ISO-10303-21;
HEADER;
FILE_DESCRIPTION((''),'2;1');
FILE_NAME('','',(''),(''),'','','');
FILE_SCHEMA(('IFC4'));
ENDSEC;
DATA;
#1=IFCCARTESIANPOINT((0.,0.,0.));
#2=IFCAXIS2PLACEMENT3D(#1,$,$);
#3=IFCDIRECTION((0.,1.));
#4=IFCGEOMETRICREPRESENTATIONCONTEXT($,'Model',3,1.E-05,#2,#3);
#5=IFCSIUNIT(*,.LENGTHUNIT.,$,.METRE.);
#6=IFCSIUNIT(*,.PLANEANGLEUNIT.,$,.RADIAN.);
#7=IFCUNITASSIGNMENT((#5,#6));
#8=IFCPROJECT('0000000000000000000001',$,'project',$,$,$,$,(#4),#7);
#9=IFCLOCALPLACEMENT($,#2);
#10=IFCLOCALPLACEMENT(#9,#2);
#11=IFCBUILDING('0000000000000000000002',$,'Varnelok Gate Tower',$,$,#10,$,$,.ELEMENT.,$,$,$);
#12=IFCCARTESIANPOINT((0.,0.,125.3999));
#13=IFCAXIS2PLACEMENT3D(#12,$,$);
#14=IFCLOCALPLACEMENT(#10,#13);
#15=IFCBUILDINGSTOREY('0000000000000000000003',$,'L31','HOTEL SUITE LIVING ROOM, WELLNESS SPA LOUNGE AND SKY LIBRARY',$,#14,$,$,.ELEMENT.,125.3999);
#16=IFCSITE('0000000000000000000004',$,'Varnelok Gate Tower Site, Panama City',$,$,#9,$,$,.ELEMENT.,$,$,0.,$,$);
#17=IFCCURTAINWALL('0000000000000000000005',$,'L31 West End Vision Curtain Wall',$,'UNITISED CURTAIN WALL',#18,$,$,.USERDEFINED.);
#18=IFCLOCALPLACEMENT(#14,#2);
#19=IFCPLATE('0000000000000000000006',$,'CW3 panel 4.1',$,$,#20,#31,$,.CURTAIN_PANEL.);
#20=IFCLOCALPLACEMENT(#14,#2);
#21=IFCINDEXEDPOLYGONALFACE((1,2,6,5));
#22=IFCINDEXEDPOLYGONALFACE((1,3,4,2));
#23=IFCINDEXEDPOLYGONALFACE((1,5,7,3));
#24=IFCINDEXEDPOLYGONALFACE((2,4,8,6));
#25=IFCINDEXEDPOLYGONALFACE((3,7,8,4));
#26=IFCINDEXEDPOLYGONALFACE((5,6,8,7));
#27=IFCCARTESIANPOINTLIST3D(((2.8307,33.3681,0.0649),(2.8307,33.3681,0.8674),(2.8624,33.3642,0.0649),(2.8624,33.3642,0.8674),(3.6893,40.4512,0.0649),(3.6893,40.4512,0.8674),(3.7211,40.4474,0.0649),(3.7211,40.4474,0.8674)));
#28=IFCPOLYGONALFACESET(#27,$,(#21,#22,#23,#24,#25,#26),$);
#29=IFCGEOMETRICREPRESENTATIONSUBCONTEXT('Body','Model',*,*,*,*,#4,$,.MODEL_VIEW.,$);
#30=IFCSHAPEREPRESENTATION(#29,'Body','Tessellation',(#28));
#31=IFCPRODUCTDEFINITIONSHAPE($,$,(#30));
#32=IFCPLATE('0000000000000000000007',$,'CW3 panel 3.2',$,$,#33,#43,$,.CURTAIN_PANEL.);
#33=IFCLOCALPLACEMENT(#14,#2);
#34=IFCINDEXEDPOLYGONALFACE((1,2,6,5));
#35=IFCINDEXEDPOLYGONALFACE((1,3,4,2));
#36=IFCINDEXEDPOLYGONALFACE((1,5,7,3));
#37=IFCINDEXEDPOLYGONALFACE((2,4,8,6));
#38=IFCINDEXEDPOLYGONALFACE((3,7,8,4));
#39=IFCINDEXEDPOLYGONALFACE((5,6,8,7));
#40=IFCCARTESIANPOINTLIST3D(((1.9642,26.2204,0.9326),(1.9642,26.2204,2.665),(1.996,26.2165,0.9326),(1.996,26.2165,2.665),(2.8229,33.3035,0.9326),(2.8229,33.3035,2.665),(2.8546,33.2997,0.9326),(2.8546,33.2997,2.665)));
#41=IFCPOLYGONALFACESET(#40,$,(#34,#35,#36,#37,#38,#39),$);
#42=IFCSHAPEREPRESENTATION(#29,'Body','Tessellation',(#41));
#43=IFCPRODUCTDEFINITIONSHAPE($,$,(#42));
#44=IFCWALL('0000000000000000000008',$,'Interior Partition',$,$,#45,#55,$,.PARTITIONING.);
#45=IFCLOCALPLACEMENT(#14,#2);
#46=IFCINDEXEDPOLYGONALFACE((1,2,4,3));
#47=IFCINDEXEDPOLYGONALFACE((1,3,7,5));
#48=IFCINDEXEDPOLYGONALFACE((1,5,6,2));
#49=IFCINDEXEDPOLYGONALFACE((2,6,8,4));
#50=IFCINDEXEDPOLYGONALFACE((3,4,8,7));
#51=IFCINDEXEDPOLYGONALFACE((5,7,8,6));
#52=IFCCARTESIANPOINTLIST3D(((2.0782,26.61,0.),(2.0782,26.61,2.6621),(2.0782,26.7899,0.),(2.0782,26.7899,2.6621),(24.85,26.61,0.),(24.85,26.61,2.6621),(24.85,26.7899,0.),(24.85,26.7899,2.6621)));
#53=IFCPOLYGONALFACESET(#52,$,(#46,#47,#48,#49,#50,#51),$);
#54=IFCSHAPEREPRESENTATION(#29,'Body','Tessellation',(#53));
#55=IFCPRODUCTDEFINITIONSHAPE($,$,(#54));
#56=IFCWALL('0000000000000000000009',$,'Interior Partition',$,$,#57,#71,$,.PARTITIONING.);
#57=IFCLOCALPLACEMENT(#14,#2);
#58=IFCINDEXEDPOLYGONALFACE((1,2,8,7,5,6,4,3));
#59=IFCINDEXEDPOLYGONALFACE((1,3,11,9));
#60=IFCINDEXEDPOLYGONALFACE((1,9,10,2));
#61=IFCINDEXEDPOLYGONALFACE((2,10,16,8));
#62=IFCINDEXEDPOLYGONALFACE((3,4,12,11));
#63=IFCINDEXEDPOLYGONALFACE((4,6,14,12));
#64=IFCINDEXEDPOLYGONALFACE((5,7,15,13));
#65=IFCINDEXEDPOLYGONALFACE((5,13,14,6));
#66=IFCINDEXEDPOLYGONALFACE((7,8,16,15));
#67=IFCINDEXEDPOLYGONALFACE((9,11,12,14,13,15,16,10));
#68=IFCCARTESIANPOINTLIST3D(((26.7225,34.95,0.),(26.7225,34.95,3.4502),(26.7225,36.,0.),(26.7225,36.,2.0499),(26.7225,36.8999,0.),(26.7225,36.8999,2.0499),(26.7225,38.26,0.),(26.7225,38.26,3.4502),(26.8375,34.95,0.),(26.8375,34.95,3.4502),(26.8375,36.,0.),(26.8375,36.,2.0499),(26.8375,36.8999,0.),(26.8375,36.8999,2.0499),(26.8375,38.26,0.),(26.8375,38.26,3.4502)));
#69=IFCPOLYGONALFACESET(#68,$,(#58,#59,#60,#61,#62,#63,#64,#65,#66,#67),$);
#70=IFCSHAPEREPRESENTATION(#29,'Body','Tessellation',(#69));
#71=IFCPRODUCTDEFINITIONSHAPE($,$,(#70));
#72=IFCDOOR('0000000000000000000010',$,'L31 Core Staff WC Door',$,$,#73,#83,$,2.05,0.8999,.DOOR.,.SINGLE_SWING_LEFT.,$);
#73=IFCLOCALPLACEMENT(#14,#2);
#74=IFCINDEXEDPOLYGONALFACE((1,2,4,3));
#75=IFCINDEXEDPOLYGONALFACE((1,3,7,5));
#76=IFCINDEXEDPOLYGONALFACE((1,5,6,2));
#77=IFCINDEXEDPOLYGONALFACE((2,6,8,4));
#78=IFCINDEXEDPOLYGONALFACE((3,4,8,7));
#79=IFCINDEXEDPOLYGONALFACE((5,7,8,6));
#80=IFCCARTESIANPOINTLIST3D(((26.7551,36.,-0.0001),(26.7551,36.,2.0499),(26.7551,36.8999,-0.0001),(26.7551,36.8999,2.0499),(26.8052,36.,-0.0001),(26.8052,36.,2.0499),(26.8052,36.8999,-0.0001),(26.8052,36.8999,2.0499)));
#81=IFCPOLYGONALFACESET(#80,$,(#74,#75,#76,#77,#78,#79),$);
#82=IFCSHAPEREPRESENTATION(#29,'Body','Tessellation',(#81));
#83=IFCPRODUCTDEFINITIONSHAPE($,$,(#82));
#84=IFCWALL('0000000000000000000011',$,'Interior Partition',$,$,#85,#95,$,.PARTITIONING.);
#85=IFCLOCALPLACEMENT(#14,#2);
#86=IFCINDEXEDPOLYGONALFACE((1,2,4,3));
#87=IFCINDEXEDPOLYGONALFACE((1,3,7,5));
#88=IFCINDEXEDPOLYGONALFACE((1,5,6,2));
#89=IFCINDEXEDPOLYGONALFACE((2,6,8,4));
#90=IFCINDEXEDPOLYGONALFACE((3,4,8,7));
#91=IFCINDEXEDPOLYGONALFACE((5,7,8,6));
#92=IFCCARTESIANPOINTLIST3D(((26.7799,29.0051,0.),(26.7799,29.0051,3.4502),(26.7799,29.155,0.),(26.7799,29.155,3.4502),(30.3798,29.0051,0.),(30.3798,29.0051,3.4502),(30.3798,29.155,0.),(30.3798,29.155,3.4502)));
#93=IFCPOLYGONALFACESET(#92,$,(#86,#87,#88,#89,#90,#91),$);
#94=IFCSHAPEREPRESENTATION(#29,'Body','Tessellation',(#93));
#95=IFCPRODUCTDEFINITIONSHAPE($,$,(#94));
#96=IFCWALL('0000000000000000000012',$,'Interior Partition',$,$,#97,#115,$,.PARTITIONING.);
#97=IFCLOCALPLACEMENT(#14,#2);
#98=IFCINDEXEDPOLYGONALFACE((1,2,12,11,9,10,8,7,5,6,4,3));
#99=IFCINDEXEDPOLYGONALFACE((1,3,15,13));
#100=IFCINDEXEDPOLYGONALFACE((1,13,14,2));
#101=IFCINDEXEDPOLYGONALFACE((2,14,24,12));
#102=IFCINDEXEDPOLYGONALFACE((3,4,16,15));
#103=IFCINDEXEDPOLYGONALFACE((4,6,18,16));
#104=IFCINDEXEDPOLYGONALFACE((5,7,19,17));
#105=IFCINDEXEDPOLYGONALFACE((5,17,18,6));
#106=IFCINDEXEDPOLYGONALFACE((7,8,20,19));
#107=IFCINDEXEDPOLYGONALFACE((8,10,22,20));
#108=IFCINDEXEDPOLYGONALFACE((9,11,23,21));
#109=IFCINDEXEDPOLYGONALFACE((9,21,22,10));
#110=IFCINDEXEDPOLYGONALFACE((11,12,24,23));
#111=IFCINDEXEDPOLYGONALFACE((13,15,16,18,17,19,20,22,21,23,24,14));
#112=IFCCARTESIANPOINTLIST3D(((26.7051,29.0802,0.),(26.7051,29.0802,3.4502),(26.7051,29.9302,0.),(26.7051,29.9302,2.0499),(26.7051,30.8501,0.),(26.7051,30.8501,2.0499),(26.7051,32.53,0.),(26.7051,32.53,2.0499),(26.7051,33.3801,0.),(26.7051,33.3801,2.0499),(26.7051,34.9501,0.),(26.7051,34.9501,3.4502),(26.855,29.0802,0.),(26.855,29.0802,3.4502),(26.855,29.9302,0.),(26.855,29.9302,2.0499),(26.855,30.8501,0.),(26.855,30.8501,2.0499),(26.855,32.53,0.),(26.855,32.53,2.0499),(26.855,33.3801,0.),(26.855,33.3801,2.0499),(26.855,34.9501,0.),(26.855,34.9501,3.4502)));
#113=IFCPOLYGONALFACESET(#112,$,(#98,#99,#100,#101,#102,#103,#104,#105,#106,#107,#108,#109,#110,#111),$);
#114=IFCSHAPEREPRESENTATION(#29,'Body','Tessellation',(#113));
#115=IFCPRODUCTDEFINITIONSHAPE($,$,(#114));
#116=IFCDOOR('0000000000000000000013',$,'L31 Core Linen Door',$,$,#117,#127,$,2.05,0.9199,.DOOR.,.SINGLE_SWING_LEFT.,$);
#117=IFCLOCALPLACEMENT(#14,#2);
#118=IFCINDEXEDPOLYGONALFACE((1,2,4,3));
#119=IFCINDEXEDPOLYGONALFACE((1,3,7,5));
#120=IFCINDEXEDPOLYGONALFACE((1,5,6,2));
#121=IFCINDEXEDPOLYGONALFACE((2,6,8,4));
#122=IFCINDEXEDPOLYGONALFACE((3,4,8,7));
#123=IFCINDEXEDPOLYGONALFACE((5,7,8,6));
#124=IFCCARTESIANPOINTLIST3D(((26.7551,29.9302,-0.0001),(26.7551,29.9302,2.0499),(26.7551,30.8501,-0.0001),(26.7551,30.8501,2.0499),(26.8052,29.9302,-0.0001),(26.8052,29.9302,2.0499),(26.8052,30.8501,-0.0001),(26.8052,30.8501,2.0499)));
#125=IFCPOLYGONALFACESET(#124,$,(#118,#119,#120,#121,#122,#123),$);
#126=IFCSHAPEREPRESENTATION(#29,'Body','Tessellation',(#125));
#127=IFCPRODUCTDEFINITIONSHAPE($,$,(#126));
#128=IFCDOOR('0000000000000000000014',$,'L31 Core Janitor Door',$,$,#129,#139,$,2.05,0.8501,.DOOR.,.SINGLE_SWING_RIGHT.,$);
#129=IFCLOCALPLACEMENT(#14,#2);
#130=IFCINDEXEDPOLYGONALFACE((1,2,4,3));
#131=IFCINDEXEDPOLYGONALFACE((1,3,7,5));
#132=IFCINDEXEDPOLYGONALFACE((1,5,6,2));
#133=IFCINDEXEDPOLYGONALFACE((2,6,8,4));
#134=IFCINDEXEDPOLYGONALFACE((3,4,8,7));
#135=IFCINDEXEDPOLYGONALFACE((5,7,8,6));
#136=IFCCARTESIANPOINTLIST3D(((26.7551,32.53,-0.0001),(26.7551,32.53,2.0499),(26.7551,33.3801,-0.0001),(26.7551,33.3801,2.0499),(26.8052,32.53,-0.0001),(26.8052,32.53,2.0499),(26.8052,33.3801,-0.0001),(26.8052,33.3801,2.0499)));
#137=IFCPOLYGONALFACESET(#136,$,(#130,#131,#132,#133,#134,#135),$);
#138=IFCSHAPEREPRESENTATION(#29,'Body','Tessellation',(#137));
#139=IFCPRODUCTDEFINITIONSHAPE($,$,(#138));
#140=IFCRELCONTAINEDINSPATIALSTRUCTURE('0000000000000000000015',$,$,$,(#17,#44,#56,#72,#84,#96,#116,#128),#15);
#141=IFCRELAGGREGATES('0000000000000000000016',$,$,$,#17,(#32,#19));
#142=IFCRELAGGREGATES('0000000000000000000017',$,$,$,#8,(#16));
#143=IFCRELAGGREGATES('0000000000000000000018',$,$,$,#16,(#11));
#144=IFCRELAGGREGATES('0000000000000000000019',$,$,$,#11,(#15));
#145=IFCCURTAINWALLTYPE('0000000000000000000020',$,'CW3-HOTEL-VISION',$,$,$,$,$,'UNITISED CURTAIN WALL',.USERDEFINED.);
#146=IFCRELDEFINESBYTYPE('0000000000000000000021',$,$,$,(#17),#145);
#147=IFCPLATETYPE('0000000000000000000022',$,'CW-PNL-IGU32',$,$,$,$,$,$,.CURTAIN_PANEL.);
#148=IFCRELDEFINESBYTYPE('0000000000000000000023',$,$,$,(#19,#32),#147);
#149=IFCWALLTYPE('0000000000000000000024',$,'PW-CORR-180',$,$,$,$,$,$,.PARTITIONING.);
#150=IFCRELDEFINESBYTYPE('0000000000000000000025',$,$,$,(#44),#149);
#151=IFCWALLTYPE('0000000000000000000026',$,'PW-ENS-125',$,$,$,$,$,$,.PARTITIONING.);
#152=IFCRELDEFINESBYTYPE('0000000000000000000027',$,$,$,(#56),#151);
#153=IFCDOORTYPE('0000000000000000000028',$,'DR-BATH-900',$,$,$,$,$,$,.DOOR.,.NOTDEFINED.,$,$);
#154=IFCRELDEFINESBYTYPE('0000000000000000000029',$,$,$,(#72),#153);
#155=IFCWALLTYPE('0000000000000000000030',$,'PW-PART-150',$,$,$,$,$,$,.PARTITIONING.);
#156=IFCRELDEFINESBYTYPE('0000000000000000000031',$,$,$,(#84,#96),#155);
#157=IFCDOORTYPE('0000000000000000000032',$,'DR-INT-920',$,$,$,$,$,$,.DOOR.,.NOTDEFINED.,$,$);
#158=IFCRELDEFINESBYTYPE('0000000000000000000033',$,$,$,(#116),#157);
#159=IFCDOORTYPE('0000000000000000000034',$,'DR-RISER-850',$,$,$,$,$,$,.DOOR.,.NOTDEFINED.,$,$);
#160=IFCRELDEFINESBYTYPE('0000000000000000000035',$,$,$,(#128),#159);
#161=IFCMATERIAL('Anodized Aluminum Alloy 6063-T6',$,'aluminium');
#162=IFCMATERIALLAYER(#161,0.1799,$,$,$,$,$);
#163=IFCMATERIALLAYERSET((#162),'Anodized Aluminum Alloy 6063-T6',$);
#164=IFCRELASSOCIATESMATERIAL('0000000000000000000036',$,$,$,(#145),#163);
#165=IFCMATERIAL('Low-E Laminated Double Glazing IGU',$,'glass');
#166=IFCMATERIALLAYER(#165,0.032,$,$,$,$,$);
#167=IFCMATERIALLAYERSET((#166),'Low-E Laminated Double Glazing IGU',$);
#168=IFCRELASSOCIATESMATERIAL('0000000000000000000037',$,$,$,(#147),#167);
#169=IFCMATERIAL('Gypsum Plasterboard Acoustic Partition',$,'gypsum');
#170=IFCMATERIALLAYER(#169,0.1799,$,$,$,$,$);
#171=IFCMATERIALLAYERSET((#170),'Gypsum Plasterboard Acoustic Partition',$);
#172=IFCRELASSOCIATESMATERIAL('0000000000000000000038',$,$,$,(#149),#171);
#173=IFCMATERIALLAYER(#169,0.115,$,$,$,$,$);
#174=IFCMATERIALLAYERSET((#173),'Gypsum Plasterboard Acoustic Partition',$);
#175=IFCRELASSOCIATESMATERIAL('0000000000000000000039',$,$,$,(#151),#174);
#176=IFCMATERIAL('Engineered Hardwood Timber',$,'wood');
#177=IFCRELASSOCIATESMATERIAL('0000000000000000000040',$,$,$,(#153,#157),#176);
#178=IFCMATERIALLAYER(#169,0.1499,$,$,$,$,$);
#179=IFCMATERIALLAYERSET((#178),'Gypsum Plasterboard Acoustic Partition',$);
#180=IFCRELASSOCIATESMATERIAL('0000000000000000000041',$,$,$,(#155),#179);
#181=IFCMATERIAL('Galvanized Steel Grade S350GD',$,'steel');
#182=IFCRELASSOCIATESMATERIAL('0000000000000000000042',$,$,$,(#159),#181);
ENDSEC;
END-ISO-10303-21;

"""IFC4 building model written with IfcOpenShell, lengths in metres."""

from ifc_helpers import new_model, si_unit, direction, frame, frame_2d, origin, origin_2d, place, context, subcontext, project, spatial, rectangle, extrude, source, transform, mapped, material, layer, layer_set, type_object, element, fill, aggregate, save


model = new_model("IFC4")

# Units and contexts
model_context = context("Model", 3, precision=1e-05, world=origin(), true_north=direction((0.0, 1.0)))
body_context = subcontext(model_context, "Body", "Model", "MODEL_VIEW")
ifc_project = project(units=[si_unit("LENGTHUNIT", "METRE"), si_unit("PLANEANGLEUNIT", "RADIAN")], contexts=[model_context])

# Site, building, storey
site_placement = place(None, origin())
site = spatial("IfcSite", under=ifc_project, at=site_placement, Name="Varnelok Gate Tower Site, Panama City", CompositionType="ELEMENT", RefElevation=0.0)
building_placement = place(site_placement, origin())
building = spatial("IfcBuilding", under=site, at=building_placement, Name="Varnelok Gate Tower", CompositionType="ELEMENT")
storey_placement = place(building_placement, frame((0.0, 0.0, 125.3999)))
storey = spatial("IfcBuildingStorey", under=building, at=storey_placement, Name="L31", Description="HOTEL SUITE LIVING ROOM, WELLNESS SPA LOUNGE AND SKY LIBRARY", CompositionType="ELEMENT", Elevation=125.3999)

# Curtain wall, plates
ifc_material_1 = material(Name="Anodized Aluminum Alloy 6063-T6", Category="aluminium")
ifc_layer_1 = layer(ifc_material_1, 0.1799)
ifc_layer_set_1 = layer_set([ifc_layer_1], Name="Anodized Aluminum Alloy 6063-T6")
curtain_wall_type = type_object("IfcCurtainWallType", Name="CW3-HOTEL-VISION", ElementType="UNITISED CURTAIN WALL", PredefinedType="USERDEFINED", material=ifc_layer_set_1)
curtain_wall_placement = place(storey_placement, origin())
curtain_wall = element("IfcCurtainWall", 1, at=curtain_wall_placement, inside=storey, type_object=curtain_wall_type, Name="L31 West End Vision Curtain Wall", ObjectType="UNITISED CURTAIN WALL", PredefinedType="USERDEFINED")
ifc_material_2 = material(Name="Low-E Laminated Double Glazing IGU", Category="glass")
ifc_layer_2 = layer(ifc_material_2, 0.032)
ifc_layer_set_2 = layer_set([ifc_layer_2], Name="Low-E Laminated Double Glazing IGU")
plate_type = type_object("IfcPlateType", Name="CW-PNL-IGU32", PredefinedType="CURTAIN_PANEL", material=ifc_layer_set_2)
shared_shape_1 = source(origin(), body_context, "Body", "SweptSolid", [
    extrude(rectangle(XDim=7.135, YDim=0.032, at=origin_2d()), origin(), (0.0, 0.0, 1.0), 0.8025),
])
plate_1_placement = place(storey_placement, frame((3.2759, 36.9077, 0.0649), z_axis=(0.0, 0.0, 1.0), x_axis=(0.120347, 0.992732, 0.0)))
plate_1 = element("IfcPlate", 2, at=plate_1_placement, type_object=plate_type, Name="CW3 panel 4.1", PredefinedType="CURTAIN_PANEL", context=body_context, shape_type="MappedRepresentation", body=[
    mapped(shared_shape_1, transform((0.0, 0.0, 0.0), scale=1.0)),
])
shared_shape_2 = source(origin(), body_context, "Body", "SweptSolid", [
    extrude(rectangle(XDim=7.135, YDim=0.032, at=origin_2d()), origin(), (0.0, 0.0, 1.0), 1.7324),
])
plate_2_placement = place(storey_placement, frame((2.4094, 29.76, 0.9326), z_axis=(0.0, 0.0, 1.0), x_axis=(0.120347, 0.992732, 0.0)))
plate_2 = element("IfcPlate", 3, at=plate_2_placement, type_object=plate_type, Name="CW3 panel 3.2", PredefinedType="CURTAIN_PANEL", context=body_context, shape_type="MappedRepresentation", body=[
    mapped(shared_shape_2, transform((0.0, 0.0, 0.0), scale=1.0)),
])
aggregate(curtain_wall, [plate_2, plate_1])

# Wall
ifc_material_3 = material(Name="Gypsum Plasterboard Acoustic Partition", Category="gypsum")
ifc_layer_3 = layer(ifc_material_3, 0.1799)
ifc_layer_set_3 = layer_set([ifc_layer_3], Name="Gypsum Plasterboard Acoustic Partition")
wall_type_1 = type_object("IfcWallType", Name="PW-CORR-180", PredefinedType="PARTITIONING", material=ifc_layer_set_3)
wall_1_placement = place(storey_placement, frame((2.0784, 26.7, 0.0), z_axis=(0.0, 0.0, 1.0), x_axis=(1.0, 0.0, 0.0)))
element("IfcWall", 4, at=wall_1_placement, inside=storey, type_object=wall_type_1, Name="Interior Partition", PredefinedType="PARTITIONING", context=body_context, shape_type="SweptSolid", body=[
    extrude(rectangle(XDim=22.7717, YDim=0.1799, at=frame_2d((11.3857, 0.0))), origin(), (0.0, 0.0, 1.0), 2.6621),
])

# Wall, opening, door
ifc_layer_4 = layer(ifc_material_3, 0.115)
ifc_layer_set_4 = layer_set([ifc_layer_4], Name="Gypsum Plasterboard Acoustic Partition")
wall_type_2 = type_object("IfcWallType", Name="PW-ENS-125", PredefinedType="PARTITIONING", material=ifc_layer_set_4)
wall_2_placement = place(storey_placement, frame((26.78, 34.95, 0.0), z_axis=(0.0, 0.0, 1.0), x_axis=(0.0, 1.0, 0.0)))
wall_2 = element("IfcWall", 5, at=wall_2_placement, inside=storey, type_object=wall_type_2, Name="Interior Partition", PredefinedType="PARTITIONING", context=body_context, shape_type="SweptSolid", body=[
    extrude(rectangle(XDim=3.3101, YDim=0.115, at=frame_2d((1.655, 0.0))), origin(), (0.0, 0.0, 1.0), 3.4502),
])
opening_1_placement = place(wall_2_placement, frame((1.05, 0.0, 0.0)))
opening_1 = element("IfcOpeningElement", 6, at=opening_1_placement, cuts=wall_2, PredefinedType="OPENING", context=body_context, shape_type="SweptSolid", body=[
    extrude(rectangle(XDim=0.8999, YDim=2.05, at=frame_2d((0.45, 1.0249))), frame((0.0, 0.0674, 0.0), z_axis=(0.0, -1.0, 0.0), x_axis=(1.0, 0.0, 0.0)), (0.0, 0.0, 1.0), 0.135),
])
ifc_material_4 = material(Name="Engineered Hardwood Timber", Category="wood")
door_type_1 = type_object("IfcDoorType", Name="DR-BATH-900", OperationType="NOTDEFINED", PredefinedType="DOOR", material=ifc_material_4)
door_1_placement = place(opening_1_placement, origin())
door_1 = element("IfcDoor", 7, at=door_1_placement, inside=storey, type_object=door_type_1, Name="L31 Core Staff WC Door", OperationType="SINGLE_SWING_LEFT", OverallHeight=2.05, OverallWidth=0.8999, PredefinedType="DOOR", context=body_context, shape_type="SweptSolid", body=[
    extrude(rectangle(XDim=0.8999, YDim=2.05, at=frame_2d((0.45, 1.0249))), frame((0.0, 0.0249, 0.0), z_axis=(0.0, -1.0, 0.0), x_axis=(1.0, 0.0, 0.0)), (0.0, 0.0, 1.0), 0.05),
])
fill(opening_1, door_1)

# Wall
ifc_layer_5 = layer(ifc_material_3, 0.1499)
ifc_layer_set_5 = layer_set([ifc_layer_5], Name="Gypsum Plasterboard Acoustic Partition")
wall_type_3 = type_object("IfcWallType", Name="PW-PART-150", PredefinedType="PARTITIONING", material=ifc_layer_set_5)
wall_3_placement = place(storey_placement, frame((26.78, 29.0801, 0.0), z_axis=(0.0, 0.0, 1.0), x_axis=(1.0, 0.0, 0.0)))
element("IfcWall", 8, at=wall_3_placement, inside=storey, type_object=wall_type_3, Name="Interior Partition", PredefinedType="PARTITIONING", context=body_context, shape_type="SweptSolid", body=[
    extrude(rectangle(XDim=3.5999, YDim=0.1499, at=frame_2d((1.7998, 0.0))), origin(), (0.0, 0.0, 1.0), 3.4502),
])

# Wall, openings, doors
wall_4_placement = place(storey_placement, frame((26.78, 29.0801, 0.0), z_axis=(0.0, 0.0, 1.0), x_axis=(0.0, 1.0, 0.0)))
wall_4 = element("IfcWall", 9, at=wall_4_placement, inside=storey, type_object=wall_type_3, Name="Interior Partition", PredefinedType="PARTITIONING", context=body_context, shape_type="SweptSolid", body=[
    extrude(rectangle(XDim=5.8699, YDim=0.1499, at=frame_2d((2.9351, 0.0))), origin(), (0.0, 0.0, 1.0), 3.4502),
])
opening_2_placement = place(wall_4_placement, frame((0.8501, 0.0, 0.0)))
opening_2 = element("IfcOpeningElement", 10, at=opening_2_placement, cuts=wall_4, PredefinedType="OPENING", context=body_context, shape_type="SweptSolid", body=[
    extrude(rectangle(XDim=0.9199, YDim=2.05, at=frame_2d((0.46, 1.0249))), frame((0.0, 0.085, 0.0), z_axis=(0.0, -1.0, 0.0), x_axis=(1.0, 0.0, 0.0)), (0.0, 0.0, 1.0), 0.1699),
])
opening_3_placement = place(wall_4_placement, frame((3.45, 0.0, 0.0)))
opening_3 = element("IfcOpeningElement", 11, at=opening_3_placement, cuts=wall_4, PredefinedType="OPENING", context=body_context, shape_type="SweptSolid", body=[
    extrude(rectangle(XDim=0.8501, YDim=2.05, at=frame_2d((0.425, 1.0249))), frame((0.0, 0.085, 0.0), z_axis=(0.0, -1.0, 0.0), x_axis=(1.0, 0.0, 0.0)), (0.0, 0.0, 1.0), 0.1699),
])
door_type_2 = type_object("IfcDoorType", Name="DR-INT-920", OperationType="NOTDEFINED", PredefinedType="DOOR", material=ifc_material_4)
door_2_placement = place(opening_2_placement, origin())
door_2 = element("IfcDoor", 12, at=door_2_placement, inside=storey, type_object=door_type_2, Name="L31 Core Linen Door", OperationType="SINGLE_SWING_LEFT", OverallHeight=2.05, OverallWidth=0.9199, PredefinedType="DOOR", context=body_context, shape_type="SweptSolid", body=[
    extrude(rectangle(XDim=0.9199, YDim=2.05, at=frame_2d((0.46, 1.0249))), frame((0.0, 0.0249, 0.0), z_axis=(0.0, -1.0, 0.0), x_axis=(1.0, 0.0, 0.0)), (0.0, 0.0, 1.0), 0.05),
])
fill(opening_2, door_2)
ifc_material_5 = material(Name="Galvanized Steel Grade S350GD", Category="steel")
door_type_3 = type_object("IfcDoorType", Name="DR-RISER-850", OperationType="NOTDEFINED", PredefinedType="DOOR", material=ifc_material_5)
door_3_placement = place(opening_3_placement, origin())
door_3 = element("IfcDoor", 13, at=door_3_placement, inside=storey, type_object=door_type_3, Name="L31 Core Janitor Door", OperationType="SINGLE_SWING_RIGHT", OverallHeight=2.05, OverallWidth=0.8501, PredefinedType="DOOR", context=body_context, shape_type="SweptSolid", body=[
    extrude(rectangle(XDim=0.8501, YDim=2.05, at=frame_2d((0.425, 1.0249))), frame((0.0, 0.0249, 0.0), z_axis=(0.0, -1.0, 0.0), x_axis=(1.0, 0.0, 0.0)), (0.0, 0.0, 1.0), 0.05),
])
fill(opening_3, door_3)

save(model, "model.ifc")
